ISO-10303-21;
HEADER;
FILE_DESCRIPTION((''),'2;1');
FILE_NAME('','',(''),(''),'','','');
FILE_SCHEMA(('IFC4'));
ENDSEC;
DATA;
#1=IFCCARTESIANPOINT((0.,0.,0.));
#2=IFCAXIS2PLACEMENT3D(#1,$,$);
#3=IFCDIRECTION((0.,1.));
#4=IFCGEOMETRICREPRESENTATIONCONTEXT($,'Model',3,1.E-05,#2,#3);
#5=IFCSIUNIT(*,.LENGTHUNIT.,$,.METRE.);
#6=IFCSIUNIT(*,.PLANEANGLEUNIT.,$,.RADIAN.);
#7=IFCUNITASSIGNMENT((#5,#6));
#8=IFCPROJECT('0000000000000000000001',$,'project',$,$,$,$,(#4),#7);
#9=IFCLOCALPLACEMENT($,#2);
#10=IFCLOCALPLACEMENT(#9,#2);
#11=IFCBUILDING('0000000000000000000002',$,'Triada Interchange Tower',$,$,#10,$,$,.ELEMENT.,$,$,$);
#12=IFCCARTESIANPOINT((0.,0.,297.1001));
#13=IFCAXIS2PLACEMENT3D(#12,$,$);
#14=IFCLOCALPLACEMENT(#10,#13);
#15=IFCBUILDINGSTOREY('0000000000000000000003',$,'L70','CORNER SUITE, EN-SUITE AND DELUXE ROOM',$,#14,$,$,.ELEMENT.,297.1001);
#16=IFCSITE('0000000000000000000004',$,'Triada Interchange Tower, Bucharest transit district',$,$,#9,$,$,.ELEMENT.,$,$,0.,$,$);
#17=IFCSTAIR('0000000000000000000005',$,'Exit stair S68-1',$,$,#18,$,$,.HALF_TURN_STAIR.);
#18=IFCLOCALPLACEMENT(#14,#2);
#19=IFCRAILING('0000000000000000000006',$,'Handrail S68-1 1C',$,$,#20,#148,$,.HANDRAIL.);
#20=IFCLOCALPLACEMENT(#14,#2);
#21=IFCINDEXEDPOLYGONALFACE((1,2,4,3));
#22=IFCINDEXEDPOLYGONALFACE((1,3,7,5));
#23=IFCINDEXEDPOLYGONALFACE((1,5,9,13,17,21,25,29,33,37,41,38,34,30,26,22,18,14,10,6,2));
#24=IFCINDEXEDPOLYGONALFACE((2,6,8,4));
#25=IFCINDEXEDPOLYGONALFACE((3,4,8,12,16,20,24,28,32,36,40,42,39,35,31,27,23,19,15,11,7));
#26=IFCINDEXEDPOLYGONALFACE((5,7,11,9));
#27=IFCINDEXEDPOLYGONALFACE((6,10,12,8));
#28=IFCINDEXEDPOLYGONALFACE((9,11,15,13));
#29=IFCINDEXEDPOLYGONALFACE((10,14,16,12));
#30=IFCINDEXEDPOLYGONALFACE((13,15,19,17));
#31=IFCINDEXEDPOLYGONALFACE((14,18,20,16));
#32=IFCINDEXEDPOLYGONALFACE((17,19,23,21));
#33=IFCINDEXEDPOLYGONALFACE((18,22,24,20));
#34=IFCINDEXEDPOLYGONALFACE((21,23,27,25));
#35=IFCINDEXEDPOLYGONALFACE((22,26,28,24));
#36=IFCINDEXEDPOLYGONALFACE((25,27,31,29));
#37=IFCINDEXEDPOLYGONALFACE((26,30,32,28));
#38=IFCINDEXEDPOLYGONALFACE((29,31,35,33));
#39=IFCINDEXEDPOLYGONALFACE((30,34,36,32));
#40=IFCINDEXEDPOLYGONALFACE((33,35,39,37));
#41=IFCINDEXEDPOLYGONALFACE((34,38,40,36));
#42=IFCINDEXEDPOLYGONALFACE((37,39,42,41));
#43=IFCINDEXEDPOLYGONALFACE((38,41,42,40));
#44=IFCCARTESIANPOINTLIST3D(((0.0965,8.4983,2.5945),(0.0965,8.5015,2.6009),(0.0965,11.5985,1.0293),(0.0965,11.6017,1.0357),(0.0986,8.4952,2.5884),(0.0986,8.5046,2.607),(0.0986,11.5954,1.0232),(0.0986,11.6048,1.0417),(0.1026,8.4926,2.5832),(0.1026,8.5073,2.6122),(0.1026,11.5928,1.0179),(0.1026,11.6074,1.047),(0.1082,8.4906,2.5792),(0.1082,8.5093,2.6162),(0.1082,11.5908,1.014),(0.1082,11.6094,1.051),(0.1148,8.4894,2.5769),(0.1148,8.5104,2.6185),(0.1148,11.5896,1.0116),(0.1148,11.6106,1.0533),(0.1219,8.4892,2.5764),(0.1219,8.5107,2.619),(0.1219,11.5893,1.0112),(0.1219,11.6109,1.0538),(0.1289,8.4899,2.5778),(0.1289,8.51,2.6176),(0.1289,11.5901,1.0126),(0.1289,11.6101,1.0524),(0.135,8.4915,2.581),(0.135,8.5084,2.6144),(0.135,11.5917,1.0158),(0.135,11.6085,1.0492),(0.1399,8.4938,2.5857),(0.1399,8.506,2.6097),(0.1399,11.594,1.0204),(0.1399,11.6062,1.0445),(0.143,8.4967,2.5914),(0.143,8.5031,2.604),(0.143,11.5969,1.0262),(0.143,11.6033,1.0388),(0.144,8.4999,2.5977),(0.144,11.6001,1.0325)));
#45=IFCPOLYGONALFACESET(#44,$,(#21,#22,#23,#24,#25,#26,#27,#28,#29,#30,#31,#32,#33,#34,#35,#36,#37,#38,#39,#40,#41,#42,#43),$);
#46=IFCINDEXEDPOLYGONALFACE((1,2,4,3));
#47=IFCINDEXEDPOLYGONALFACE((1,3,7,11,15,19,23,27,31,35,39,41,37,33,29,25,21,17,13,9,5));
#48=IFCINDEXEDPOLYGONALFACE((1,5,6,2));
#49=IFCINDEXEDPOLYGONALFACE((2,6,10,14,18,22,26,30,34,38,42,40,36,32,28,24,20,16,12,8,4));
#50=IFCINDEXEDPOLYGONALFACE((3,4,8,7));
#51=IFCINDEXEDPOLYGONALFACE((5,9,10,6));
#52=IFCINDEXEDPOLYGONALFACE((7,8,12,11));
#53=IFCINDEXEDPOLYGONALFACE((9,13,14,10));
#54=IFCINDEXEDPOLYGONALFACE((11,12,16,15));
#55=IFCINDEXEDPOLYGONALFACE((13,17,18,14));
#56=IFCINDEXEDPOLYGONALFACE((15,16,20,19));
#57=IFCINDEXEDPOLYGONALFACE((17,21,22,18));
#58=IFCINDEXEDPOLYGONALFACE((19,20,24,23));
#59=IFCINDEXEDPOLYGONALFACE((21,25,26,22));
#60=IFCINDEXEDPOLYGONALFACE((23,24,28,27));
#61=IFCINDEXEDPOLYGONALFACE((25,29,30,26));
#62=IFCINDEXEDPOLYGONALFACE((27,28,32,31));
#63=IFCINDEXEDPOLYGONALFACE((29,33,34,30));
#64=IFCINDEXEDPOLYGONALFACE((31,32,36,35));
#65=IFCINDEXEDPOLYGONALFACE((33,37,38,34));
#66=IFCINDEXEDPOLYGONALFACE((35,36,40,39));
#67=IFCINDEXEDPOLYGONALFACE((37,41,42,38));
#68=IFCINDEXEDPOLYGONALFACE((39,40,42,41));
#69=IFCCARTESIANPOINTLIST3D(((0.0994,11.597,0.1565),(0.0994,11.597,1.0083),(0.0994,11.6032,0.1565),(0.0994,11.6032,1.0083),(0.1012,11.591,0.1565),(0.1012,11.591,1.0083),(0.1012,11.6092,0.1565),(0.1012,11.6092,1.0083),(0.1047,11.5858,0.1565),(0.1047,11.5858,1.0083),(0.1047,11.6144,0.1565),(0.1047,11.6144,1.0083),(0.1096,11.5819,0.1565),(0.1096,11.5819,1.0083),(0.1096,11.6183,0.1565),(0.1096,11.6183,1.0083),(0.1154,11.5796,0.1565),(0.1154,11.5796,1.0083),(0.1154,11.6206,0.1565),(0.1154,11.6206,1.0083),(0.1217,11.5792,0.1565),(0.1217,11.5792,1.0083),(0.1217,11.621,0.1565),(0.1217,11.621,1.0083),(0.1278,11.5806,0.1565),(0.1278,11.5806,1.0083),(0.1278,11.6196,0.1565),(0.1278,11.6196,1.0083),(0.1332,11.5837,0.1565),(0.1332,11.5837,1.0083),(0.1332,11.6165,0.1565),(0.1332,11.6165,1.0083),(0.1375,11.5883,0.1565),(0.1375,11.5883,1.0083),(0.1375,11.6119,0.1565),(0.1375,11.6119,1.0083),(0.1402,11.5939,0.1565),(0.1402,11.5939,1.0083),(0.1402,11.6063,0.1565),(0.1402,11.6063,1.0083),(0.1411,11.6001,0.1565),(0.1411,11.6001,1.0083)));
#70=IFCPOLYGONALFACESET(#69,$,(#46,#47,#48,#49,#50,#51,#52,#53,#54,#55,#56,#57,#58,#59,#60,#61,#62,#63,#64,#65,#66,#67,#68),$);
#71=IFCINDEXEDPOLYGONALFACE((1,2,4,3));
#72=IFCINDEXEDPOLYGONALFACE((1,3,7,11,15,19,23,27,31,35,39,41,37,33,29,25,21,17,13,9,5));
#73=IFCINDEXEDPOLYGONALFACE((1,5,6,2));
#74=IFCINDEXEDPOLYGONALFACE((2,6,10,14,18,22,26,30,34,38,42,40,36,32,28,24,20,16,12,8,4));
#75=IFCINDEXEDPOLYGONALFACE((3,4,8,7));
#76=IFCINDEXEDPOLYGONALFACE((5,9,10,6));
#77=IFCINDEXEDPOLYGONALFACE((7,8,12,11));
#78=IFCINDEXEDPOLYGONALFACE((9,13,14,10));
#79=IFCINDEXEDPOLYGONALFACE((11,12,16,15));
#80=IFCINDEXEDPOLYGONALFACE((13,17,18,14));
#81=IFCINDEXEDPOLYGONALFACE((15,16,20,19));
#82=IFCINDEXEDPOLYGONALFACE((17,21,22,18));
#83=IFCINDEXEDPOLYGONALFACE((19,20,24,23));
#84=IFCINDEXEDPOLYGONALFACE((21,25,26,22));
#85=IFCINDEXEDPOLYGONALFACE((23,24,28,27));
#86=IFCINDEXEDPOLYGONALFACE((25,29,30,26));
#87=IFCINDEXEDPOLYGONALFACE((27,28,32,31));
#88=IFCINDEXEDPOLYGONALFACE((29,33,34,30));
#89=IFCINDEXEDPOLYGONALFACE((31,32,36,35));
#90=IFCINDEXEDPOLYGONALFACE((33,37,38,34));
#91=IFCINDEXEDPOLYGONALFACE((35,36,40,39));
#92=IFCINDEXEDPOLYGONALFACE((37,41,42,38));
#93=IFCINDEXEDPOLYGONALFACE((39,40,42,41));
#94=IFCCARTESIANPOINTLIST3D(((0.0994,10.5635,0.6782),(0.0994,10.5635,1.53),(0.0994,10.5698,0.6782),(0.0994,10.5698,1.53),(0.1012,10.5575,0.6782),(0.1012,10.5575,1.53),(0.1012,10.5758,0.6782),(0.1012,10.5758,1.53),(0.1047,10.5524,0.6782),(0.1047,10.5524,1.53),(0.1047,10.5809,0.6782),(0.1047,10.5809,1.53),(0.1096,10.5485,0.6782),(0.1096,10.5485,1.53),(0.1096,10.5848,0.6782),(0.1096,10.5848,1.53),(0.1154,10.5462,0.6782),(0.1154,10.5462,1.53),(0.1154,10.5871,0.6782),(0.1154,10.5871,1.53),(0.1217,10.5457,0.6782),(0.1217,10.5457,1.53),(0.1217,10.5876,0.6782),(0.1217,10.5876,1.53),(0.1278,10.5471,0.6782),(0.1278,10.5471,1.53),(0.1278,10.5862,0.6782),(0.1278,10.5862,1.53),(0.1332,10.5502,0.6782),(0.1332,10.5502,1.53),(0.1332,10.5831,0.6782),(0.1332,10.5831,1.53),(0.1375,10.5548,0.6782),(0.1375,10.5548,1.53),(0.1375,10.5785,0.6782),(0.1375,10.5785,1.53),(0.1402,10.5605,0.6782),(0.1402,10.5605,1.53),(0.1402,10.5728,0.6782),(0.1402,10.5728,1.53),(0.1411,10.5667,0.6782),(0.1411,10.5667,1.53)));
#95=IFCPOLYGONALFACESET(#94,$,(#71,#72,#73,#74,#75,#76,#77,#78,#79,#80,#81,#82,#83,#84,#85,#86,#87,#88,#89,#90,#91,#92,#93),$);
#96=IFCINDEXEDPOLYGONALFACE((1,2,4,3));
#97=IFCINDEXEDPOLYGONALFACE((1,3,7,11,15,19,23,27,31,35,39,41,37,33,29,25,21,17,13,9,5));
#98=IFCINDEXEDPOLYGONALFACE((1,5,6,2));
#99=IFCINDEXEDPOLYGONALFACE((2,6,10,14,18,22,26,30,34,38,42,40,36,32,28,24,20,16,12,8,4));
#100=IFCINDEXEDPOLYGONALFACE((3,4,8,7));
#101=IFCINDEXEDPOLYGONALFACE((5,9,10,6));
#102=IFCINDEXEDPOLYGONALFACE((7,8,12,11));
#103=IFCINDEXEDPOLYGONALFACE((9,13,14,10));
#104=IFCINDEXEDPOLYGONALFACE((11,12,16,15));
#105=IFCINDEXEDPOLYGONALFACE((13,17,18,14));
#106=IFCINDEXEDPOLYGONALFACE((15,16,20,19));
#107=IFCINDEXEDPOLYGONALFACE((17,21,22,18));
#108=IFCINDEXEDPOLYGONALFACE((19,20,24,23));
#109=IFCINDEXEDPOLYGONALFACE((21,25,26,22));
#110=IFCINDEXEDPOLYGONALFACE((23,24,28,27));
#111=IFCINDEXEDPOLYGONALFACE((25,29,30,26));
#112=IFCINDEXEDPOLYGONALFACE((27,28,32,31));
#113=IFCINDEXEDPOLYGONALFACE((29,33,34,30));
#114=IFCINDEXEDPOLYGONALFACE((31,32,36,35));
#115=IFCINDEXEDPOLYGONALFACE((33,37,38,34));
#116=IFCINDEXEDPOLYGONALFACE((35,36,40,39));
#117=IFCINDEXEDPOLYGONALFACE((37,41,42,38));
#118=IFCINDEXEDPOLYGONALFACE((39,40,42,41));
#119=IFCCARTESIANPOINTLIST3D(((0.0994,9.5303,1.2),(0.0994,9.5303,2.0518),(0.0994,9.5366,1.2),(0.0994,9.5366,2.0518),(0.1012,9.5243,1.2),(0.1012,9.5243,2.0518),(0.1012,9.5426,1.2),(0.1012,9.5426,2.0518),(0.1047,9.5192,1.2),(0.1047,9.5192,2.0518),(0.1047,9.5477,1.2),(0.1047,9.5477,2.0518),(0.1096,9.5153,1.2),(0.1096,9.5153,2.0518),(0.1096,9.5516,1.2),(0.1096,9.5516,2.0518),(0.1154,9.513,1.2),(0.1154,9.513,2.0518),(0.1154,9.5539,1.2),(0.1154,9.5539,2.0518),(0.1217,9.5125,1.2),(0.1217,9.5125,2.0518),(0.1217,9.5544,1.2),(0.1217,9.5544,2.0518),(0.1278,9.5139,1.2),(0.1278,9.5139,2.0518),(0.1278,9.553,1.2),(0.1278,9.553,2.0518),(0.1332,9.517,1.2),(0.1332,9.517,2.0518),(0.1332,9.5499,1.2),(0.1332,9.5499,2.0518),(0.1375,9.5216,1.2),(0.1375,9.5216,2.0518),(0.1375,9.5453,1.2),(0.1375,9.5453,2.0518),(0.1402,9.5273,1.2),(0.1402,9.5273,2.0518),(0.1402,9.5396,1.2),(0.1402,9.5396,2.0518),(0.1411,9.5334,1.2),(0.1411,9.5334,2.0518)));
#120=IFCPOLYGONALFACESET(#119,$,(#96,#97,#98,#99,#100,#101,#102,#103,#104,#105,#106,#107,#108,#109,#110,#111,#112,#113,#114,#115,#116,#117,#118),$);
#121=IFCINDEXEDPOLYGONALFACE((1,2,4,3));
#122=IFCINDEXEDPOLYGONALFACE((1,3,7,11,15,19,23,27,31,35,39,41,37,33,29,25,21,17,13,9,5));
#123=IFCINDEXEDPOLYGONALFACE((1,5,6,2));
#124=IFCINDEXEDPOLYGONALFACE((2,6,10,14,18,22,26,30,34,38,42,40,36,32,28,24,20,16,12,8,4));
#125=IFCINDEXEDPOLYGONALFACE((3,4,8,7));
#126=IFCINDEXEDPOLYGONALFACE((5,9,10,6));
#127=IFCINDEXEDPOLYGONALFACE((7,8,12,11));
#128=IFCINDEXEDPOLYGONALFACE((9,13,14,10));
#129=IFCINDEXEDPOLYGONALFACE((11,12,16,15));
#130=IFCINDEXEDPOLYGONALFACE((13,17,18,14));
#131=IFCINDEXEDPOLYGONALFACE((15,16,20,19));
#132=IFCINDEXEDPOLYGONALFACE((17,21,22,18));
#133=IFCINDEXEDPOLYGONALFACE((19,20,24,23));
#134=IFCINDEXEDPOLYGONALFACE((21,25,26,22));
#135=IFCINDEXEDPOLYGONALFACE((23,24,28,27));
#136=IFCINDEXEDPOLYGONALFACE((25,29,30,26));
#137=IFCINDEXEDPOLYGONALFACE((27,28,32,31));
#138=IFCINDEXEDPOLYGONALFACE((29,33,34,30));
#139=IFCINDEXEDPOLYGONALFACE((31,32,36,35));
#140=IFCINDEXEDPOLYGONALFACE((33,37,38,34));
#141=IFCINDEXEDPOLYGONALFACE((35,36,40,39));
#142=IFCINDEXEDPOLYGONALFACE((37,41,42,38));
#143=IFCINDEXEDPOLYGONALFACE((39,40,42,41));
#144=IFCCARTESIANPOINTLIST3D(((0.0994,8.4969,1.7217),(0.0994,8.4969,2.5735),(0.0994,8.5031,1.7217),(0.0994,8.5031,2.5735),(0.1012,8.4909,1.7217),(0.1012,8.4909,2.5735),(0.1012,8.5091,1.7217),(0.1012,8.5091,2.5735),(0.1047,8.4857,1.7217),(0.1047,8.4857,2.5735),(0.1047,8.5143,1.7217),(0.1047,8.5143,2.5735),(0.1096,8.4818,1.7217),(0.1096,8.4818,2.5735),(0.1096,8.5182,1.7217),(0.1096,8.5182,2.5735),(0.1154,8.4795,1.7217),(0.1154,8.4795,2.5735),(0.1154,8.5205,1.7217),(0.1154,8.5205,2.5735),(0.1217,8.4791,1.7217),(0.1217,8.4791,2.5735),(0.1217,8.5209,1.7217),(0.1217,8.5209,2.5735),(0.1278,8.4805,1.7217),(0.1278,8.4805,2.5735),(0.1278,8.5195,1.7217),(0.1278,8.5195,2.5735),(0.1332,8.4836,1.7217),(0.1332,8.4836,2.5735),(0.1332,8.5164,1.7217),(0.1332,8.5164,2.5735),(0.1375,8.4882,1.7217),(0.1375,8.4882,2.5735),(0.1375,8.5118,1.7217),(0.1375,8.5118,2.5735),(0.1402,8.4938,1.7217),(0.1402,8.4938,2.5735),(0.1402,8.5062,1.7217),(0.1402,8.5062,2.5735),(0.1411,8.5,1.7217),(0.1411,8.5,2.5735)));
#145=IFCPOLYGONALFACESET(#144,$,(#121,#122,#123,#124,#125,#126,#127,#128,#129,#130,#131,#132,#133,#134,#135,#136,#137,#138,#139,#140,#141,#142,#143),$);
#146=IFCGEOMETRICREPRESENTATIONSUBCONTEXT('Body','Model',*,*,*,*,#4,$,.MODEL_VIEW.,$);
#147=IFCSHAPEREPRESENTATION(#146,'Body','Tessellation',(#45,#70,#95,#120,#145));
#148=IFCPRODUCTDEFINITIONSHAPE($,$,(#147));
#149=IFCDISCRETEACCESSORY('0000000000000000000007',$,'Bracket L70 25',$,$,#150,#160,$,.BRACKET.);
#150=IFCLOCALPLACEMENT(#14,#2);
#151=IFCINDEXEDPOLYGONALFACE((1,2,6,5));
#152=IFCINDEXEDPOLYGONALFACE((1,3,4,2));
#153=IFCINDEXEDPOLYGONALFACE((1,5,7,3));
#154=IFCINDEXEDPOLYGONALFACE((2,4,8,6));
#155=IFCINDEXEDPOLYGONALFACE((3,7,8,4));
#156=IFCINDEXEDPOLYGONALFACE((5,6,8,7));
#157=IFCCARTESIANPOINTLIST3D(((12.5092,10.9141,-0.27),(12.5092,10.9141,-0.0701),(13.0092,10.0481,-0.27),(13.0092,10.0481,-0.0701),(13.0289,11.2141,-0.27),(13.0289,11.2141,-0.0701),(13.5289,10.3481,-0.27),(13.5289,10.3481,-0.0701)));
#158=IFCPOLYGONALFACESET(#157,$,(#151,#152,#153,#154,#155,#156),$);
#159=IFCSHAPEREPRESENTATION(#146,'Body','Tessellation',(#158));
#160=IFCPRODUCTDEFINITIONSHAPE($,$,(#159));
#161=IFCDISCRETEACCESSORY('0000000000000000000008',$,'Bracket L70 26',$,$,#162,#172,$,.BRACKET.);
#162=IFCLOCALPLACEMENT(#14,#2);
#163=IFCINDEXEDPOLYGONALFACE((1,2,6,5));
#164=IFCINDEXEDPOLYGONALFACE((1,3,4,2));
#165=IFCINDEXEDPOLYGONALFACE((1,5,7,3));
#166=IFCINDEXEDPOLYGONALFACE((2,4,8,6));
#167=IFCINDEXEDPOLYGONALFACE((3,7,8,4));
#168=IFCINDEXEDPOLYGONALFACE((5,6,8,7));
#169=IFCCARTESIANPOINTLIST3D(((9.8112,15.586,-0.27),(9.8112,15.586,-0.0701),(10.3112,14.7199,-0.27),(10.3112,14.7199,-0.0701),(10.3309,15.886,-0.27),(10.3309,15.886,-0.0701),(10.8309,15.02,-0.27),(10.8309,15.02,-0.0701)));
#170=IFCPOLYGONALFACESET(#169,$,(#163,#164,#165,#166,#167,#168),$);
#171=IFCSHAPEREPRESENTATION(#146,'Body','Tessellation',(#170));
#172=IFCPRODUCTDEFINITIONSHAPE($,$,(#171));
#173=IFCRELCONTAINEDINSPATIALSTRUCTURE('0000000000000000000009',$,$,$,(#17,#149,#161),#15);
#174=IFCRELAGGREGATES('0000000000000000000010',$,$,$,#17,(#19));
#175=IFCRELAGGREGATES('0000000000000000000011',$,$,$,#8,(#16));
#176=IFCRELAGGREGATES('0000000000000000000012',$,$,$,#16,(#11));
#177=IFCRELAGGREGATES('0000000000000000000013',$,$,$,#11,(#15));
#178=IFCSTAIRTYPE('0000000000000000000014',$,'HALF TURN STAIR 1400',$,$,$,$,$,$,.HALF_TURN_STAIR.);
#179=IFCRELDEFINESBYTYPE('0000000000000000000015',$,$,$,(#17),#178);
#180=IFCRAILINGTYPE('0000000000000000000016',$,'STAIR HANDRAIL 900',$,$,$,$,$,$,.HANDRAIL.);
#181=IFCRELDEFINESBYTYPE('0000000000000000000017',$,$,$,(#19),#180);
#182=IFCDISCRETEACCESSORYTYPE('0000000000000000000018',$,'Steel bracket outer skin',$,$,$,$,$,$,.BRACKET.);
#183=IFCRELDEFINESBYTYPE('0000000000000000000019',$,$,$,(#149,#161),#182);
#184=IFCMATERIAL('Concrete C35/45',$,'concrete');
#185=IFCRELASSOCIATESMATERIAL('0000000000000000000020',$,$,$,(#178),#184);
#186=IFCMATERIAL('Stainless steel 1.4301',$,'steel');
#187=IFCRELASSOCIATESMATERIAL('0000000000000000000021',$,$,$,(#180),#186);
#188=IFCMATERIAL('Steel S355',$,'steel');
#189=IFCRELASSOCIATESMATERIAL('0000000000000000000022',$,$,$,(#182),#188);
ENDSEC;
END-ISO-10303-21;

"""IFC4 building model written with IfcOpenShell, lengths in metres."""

from ifc_helpers import new_model, si_unit, direction, frame, origin, origin_2d, place, context, subcontext, project, spatial, rectangle, circle, extrude, material, type_object, element, aggregate, save


model = new_model("IFC4")

# Units and contexts
model_context = context("Model", 3, precision=1e-05, world=origin(), true_north=direction((0.0, 1.0)))
body_context = subcontext(model_context, "Body", "Model", "MODEL_VIEW")
ifc_project = project(units=[si_unit("LENGTHUNIT", "METRE"), si_unit("PLANEANGLEUNIT", "RADIAN")], contexts=[model_context])

# Site, building, storey
site_placement = place(None, origin())
site = spatial("IfcSite", under=ifc_project, at=site_placement, Name="Triada Interchange Tower, Bucharest transit district", CompositionType="ELEMENT", RefElevation=0.0)
building_placement = place(site_placement, origin())
building = spatial("IfcBuilding", under=site, at=building_placement, Name="Triada Interchange Tower", CompositionType="ELEMENT")
storey_placement = place(building_placement, frame((0.0, 0.0, 297.1001)))
storey = spatial("IfcBuildingStorey", under=building, at=storey_placement, Name="L70", Description="CORNER SUITE, EN-SUITE AND DELUXE ROOM", CompositionType="ELEMENT", Elevation=297.1001)

# Stair
ifc_material_1 = material(Name="Concrete C35/45", Category="concrete")
stair_type = type_object("IfcStairType", Name="HALF TURN STAIR 1400", PredefinedType="HALF_TURN_STAIR", material=ifc_material_1)
stair_placement = place(storey_placement, origin())
stair = element("IfcStair", 1, at=stair_placement, inside=storey, type_object=stair_type, Name="Exit stair S68-1", PredefinedType="HALF_TURN_STAIR")

# Railing
ifc_material_2 = material(Name="Stainless steel 1.4301", Category="steel")
railing_type = type_object("IfcRailingType", Name="STAIR HANDRAIL 900", PredefinedType="HANDRAIL", material=ifc_material_2)
railing_1_placement = place(storey_placement, frame((0.1201, 11.6001, 0.1565)))
railing_1 = element("IfcRailing", 2, at=railing_1_placement, type_object=railing_type, Name="Handrail S68-1 1C", PredefinedType="HANDRAIL", context=body_context, shape_type="SweptSolid", body=[
    extrude(circle(Radius=0.0239, at=origin_2d()), frame((0.0, 0.0, 0.876), z_axis=(0.0, -0.892677, 0.450697), x_axis=(1.0, 0.0, 0.0)), (0.0, 0.0, 1.0), 3.4729),
    extrude(circle(Radius=0.021, at=origin_2d()), origin(), (0.0, 0.0, 1.0), 0.8518),
    extrude(circle(Radius=0.021, at=origin_2d()), frame((0.0, -1.0334, 0.5217)), (0.0, 0.0, 1.0), 0.8518),
    extrude(circle(Radius=0.021, at=origin_2d()), frame((0.0, -2.0667, 1.0435)), (0.0, 0.0, 1.0), 0.8518),
    extrude(circle(Radius=0.021, at=origin_2d()), frame((0.0, -3.1001, 1.5652)), (0.0, 0.0, 1.0), 0.8518),
])
aggregate(stair, [railing_1])

# Discrete accessories
ifc_material_3 = material(Name="Steel S355", Category="steel")
discrete_accessory_type = type_object("IfcDiscreteAccessoryType", Name="Steel bracket outer skin", PredefinedType="BRACKET", material=ifc_material_3)
for number, where, z_axis, x_axis, name in (
    (3, (13.019, 10.6311, -0.27), (0.0, 0.0, 1.0), (0.866023, 0.500004, 0.0), "Bracket L70 25"),
    (4, (10.321, 15.303, -0.27), (0.0, 0.0, 1.0), (0.866023, 0.500004, 0.0), "Bracket L70 26"),
):
    element("IfcDiscreteAccessory", number, at=place(storey_placement, frame(where, z_axis=z_axis, x_axis=x_axis)), inside=storey, type_object=discrete_accessory_type, Name=name, PredefinedType="BRACKET", context=body_context, shape_type="SweptSolid", body=[
        extrude(rectangle(XDim=0.6001, YDim=1.0, at=origin_2d()), origin(), (0.0, 0.0, 1.0), 0.2),
    ])

save(model, "model.ifc")
